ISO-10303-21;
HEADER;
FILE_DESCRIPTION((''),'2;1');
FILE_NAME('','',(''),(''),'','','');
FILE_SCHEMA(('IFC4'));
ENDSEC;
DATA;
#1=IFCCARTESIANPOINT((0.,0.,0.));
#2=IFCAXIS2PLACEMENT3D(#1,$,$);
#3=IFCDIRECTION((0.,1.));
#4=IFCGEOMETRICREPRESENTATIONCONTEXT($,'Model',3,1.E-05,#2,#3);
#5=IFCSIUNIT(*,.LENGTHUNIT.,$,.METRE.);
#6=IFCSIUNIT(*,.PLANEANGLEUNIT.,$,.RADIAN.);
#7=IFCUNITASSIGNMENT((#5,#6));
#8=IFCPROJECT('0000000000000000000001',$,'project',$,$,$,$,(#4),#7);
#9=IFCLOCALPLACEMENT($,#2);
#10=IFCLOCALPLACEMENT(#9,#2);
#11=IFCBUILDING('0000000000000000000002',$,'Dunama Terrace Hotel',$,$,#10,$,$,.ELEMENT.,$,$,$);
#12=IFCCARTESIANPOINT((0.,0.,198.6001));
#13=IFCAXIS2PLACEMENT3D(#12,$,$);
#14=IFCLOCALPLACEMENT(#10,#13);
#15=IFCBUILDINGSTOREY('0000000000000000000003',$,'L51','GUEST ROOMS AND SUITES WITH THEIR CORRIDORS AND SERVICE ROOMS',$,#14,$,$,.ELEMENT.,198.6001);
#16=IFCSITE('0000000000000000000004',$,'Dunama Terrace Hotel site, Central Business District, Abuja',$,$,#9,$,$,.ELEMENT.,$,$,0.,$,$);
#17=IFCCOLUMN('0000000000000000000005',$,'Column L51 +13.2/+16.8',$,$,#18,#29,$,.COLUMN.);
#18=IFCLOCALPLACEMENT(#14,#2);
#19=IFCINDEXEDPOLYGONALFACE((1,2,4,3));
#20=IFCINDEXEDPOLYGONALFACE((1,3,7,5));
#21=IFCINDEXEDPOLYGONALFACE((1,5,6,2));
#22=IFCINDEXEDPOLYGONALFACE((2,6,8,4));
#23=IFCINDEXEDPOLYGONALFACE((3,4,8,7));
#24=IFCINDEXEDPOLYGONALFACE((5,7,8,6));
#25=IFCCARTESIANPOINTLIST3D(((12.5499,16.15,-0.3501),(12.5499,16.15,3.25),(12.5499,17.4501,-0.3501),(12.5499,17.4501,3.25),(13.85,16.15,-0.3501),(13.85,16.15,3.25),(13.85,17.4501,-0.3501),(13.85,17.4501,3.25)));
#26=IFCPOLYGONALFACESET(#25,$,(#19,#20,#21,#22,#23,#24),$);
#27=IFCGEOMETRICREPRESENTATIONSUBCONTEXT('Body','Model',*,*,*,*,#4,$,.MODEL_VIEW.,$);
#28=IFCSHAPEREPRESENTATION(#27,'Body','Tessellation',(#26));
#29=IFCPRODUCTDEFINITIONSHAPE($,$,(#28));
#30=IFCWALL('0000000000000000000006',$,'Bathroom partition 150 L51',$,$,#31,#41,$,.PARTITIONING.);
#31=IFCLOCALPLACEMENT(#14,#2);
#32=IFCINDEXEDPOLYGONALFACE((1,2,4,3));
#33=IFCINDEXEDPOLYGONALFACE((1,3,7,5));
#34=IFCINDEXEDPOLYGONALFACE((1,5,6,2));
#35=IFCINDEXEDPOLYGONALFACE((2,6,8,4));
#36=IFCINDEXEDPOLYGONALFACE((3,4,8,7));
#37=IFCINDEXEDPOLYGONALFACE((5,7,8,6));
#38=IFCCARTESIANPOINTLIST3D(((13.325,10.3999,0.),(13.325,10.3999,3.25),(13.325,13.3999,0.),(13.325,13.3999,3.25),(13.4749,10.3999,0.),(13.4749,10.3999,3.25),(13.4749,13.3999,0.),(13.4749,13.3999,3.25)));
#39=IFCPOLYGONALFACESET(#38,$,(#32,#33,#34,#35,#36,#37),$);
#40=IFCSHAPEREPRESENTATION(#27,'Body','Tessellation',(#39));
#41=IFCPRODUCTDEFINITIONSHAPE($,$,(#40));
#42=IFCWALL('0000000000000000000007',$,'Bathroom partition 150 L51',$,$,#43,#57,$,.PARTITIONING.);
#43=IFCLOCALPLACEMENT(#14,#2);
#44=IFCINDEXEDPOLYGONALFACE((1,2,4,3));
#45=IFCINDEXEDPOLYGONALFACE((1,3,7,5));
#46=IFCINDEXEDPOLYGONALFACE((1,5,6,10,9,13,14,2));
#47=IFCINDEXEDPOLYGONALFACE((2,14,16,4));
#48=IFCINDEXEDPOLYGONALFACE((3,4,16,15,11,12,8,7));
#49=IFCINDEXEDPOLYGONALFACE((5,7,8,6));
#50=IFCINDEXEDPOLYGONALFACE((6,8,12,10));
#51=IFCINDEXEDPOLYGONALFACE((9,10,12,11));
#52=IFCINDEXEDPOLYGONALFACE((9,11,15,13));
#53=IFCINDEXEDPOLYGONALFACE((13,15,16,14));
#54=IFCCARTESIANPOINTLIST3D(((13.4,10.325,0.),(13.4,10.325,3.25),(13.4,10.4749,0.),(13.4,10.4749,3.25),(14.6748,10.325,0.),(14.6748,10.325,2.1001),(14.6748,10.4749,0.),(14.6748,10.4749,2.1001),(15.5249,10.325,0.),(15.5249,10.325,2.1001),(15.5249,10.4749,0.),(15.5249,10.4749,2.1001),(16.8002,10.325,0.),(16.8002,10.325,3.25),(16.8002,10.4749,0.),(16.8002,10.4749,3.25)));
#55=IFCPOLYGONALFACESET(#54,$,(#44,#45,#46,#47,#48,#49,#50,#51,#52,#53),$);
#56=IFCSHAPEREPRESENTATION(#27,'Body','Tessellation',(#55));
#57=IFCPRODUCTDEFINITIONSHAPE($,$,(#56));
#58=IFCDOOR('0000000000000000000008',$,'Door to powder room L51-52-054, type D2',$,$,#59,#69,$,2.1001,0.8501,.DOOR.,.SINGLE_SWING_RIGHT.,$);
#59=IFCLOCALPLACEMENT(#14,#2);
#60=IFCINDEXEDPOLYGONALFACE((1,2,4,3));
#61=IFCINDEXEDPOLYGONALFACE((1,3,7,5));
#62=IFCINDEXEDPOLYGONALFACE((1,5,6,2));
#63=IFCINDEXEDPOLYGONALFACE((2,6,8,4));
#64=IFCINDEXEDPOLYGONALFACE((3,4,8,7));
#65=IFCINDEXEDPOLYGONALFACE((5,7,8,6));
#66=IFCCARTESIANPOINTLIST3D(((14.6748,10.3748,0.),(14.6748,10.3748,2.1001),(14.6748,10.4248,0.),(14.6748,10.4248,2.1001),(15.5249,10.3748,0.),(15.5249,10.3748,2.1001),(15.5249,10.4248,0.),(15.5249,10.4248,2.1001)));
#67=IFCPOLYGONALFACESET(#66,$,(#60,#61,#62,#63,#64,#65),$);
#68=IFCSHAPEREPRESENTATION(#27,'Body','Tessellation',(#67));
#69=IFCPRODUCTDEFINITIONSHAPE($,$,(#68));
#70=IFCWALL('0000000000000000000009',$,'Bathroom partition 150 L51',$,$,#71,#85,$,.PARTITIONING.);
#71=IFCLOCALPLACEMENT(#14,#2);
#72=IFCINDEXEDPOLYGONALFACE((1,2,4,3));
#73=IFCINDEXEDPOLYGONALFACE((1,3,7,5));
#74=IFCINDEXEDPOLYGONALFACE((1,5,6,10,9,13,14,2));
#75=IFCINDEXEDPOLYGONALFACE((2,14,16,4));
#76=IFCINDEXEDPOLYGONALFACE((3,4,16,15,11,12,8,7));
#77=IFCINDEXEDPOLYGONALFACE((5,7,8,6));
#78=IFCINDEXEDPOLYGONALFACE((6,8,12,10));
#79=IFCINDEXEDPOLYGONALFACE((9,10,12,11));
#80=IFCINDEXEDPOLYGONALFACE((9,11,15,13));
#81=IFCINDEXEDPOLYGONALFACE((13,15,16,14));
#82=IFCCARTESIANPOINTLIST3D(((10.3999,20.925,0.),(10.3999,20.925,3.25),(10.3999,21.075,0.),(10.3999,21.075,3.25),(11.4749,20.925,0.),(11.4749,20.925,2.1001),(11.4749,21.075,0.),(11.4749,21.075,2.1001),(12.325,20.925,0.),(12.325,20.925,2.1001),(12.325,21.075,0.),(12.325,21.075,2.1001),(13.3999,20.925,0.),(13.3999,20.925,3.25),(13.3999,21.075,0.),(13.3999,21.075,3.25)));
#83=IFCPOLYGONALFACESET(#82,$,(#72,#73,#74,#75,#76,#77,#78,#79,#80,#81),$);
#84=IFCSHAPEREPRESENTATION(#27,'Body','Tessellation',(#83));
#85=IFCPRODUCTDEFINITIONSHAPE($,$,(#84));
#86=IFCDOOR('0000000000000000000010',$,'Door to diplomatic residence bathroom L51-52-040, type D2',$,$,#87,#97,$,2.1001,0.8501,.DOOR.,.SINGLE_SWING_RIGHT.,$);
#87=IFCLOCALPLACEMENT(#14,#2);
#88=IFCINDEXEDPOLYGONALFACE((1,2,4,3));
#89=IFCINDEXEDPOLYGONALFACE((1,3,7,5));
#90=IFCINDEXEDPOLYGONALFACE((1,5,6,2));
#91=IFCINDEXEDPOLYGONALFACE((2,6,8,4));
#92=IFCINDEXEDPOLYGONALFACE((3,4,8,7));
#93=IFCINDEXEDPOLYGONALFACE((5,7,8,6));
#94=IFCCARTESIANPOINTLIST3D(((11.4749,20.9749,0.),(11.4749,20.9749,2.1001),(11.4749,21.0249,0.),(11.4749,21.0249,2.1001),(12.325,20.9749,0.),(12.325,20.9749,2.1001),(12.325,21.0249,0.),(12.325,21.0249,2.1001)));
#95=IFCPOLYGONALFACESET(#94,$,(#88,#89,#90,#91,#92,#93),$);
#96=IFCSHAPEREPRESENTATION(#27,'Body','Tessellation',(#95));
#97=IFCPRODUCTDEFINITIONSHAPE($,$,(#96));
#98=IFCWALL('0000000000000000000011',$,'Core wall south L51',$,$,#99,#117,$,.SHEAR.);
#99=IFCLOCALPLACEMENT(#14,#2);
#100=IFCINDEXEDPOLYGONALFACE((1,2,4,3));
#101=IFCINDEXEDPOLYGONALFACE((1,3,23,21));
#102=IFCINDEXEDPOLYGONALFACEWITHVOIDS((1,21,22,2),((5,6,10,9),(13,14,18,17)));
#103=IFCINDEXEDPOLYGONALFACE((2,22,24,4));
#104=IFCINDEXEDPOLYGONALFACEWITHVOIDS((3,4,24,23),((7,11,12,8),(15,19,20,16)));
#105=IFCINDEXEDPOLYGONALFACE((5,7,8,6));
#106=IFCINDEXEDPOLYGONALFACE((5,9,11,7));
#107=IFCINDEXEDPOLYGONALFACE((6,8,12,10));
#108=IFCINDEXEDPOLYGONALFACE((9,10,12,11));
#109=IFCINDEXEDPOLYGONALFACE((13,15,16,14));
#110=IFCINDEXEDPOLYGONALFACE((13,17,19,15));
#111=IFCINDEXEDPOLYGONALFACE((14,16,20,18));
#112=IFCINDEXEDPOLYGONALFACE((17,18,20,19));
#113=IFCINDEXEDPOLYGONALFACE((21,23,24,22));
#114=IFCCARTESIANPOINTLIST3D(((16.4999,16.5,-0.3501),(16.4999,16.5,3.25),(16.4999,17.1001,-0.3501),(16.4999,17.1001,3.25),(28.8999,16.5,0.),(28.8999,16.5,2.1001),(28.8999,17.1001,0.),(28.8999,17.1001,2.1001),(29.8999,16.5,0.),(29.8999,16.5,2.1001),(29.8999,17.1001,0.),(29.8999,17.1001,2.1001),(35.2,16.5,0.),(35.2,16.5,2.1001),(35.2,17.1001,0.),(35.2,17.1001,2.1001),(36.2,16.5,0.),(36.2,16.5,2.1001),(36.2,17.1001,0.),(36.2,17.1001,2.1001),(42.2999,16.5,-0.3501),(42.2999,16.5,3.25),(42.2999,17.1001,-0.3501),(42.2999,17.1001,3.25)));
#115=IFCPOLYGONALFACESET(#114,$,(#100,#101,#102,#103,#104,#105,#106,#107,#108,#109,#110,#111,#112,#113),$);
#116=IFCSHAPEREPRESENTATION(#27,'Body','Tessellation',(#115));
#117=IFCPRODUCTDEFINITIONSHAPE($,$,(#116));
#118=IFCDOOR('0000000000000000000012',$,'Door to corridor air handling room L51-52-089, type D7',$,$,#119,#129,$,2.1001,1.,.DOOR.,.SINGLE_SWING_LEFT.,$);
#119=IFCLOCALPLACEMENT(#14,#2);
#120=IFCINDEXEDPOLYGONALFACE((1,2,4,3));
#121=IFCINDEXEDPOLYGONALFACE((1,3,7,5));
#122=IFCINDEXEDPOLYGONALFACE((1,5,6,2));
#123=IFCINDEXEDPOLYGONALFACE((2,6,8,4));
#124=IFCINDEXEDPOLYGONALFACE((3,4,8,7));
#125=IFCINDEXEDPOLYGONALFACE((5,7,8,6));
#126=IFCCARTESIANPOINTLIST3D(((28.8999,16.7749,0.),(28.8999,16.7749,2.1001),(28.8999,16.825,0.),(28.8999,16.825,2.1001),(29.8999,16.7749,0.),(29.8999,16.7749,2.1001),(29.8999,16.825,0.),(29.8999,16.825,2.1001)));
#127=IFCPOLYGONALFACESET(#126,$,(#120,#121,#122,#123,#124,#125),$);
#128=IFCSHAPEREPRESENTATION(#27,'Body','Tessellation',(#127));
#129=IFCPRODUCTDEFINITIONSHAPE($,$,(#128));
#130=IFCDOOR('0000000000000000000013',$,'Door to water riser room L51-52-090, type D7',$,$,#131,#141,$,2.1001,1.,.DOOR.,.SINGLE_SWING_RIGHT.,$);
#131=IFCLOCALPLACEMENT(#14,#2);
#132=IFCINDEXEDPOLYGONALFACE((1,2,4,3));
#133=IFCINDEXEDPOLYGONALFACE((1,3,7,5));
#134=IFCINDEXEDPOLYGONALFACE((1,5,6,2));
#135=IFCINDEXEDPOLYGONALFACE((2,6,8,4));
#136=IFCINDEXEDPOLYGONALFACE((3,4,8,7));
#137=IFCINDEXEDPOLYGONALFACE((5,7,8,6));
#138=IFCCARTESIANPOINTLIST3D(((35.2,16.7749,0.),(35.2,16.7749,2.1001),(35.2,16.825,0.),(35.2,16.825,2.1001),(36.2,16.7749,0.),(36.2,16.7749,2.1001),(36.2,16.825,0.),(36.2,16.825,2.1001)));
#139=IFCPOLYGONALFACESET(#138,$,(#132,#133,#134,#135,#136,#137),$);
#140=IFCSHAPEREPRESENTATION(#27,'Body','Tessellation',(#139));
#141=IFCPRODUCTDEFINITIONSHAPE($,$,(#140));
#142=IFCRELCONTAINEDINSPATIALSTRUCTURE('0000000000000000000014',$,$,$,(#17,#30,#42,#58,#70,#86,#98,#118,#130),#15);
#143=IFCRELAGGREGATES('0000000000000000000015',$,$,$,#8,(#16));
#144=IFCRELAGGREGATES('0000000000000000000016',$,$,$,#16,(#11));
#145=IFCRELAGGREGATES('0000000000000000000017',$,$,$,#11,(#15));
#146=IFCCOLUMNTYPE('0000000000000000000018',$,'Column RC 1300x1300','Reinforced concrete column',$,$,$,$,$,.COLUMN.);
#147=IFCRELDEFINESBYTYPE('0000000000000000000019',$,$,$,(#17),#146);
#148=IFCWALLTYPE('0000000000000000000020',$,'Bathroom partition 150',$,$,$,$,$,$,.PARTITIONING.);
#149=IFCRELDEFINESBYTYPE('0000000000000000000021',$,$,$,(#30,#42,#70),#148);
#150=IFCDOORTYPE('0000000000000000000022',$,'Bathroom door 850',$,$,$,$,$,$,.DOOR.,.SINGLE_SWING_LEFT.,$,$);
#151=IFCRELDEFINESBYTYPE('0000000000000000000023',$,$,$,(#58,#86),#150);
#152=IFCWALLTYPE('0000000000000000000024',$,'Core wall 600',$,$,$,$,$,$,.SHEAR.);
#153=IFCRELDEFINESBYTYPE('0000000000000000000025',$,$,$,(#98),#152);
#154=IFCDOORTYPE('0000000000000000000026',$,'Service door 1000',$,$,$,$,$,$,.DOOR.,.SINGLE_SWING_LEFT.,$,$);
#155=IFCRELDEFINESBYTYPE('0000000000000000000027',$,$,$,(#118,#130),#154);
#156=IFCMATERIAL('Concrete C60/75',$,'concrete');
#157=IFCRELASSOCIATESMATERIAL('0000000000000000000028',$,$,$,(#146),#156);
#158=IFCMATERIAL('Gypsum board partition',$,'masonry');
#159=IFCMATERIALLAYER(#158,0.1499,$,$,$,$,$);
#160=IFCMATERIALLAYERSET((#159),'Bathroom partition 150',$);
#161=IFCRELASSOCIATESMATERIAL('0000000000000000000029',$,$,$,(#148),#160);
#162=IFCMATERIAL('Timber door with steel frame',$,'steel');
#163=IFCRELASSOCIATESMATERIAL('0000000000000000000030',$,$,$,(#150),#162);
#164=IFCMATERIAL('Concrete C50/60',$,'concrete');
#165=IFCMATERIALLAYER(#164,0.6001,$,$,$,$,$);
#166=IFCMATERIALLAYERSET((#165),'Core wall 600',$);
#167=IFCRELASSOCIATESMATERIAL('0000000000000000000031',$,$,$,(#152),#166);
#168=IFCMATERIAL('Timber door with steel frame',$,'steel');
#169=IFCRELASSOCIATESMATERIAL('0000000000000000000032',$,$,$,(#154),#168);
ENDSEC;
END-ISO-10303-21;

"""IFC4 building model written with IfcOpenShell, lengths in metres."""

from ifc_helpers import new_model, si_unit, direction, frame, frame_2d, origin, origin_2d, place, context, subcontext, project, spatial, rectangle, extrude, material, layer, layer_set, material_profile, profile_set, type_object, element, fill, save


model = new_model("IFC4")

# Units and contexts
model_context = context("Model", 3, precision=1e-05, world=origin(), true_north=direction((0.0, 1.0)))
body_context = subcontext(model_context, "Body", "Model", "MODEL_VIEW")
ifc_project = project(units=[si_unit("LENGTHUNIT", "METRE"), si_unit("PLANEANGLEUNIT", "RADIAN")], contexts=[model_context])

# Site, building, storey
site_placement = place(None, origin())
site = spatial("IfcSite", under=ifc_project, at=site_placement, Name="Dunama Terrace Hotel site, Central Business District, Abuja", CompositionType="ELEMENT", RefElevation=0.0)
building_placement = place(site_placement, origin())
building = spatial("IfcBuilding", under=site, at=building_placement, Name="Dunama Terrace Hotel", CompositionType="ELEMENT")
storey_placement = place(building_placement, frame((0.0, 0.0, 198.6001)))
storey = spatial("IfcBuildingStorey", under=building, at=storey_placement, Name="L51", Description="GUEST ROOMS AND SUITES WITH THEIR CORRIDORS AND SERVICE ROOMS", CompositionType="ELEMENT", Elevation=198.6001)

# Column
ifc_material_1 = material(Name="Concrete C60/75", Category="concrete")
ifc_material_profile = material_profile(ifc_material_1, rectangle(XDim=1.3, YDim=1.3, at=origin_2d()), Name="RC 1300x1300")
ifc_profile_set = profile_set([ifc_material_profile], Name="Concrete C60/75")
column_type = type_object("IfcColumnType", Name="Column RC 1300x1300", Description="Reinforced concrete column", PredefinedType="COLUMN", material=ifc_profile_set)
column_placement = place(storey_placement, frame((13.2, 16.8, -0.3501), z_axis=(0.0, 0.0, 1.0), x_axis=(1.0, 0.0, 0.0)))
element("IfcColumn", 1, at=column_placement, inside=storey, type_object=column_type, Name="Column L51 +13.2/+16.8", PredefinedType="COLUMN", context=body_context, shape_type="SweptSolid", body=[
    extrude(rectangle(XDim=1.3, YDim=1.3, at=origin_2d()), origin(), (0.0, 0.0, 1.0), 3.6001),
])

# Wall
ifc_material_2 = material(Name="Gypsum board partition", Category="masonry")
ifc_layer_1 = layer(ifc_material_2, 0.1499)
ifc_layer_set_1 = layer_set([ifc_layer_1], Name="Bathroom partition 150")
wall_type_1 = type_object("IfcWallType", Name="Bathroom partition 150", PredefinedType="PARTITIONING", material=ifc_layer_set_1)
wall_1_placement = place(storey_placement, frame((13.3999, 10.3999, 0.0), z_axis=(0.0, 0.0, 1.0), x_axis=(0.0, 1.0, 0.0)))
element("IfcWall", 2, at=wall_1_placement, inside=storey, type_object=wall_type_1, Name="Bathroom partition 150 L51", PredefinedType="PARTITIONING", context=body_context, shape_type="SweptSolid", body=[
    extrude(rectangle(XDim=3.0, YDim=0.1499, at=frame_2d((1.5, 0.0))), origin(), (0.0, 0.0, 1.0), 3.25),
])

# Walls, openings, doors
wall_2_placement = place(storey_placement, frame((13.3999, 10.3999, 0.0), z_axis=(0.0, 0.0, 1.0), x_axis=(1.0, 0.0, 0.0)))
wall_2 = element("IfcWall", 3, at=wall_2_placement, inside=storey, type_object=wall_type_1, Name="Bathroom partition 150 L51", PredefinedType="PARTITIONING", context=body_context, shape_type="SweptSolid", body=[
    extrude(rectangle(XDim=3.4001, YDim=0.1499, at=frame_2d((1.7002, 0.0))), origin(), (0.0, 0.0, 1.0), 3.25),
])
opening_1_placement = place(wall_2_placement, frame((1.2749, 0.0, 0.0)))
opening_1 = element("IfcOpeningElement", 4, at=opening_1_placement, cuts=wall_2, PredefinedType="OPENING", context=body_context, shape_type="SweptSolid", body=[
    extrude(rectangle(XDim=0.8501, YDim=2.1001, at=frame_2d((0.425, 1.05))), frame((0.0, 0.085, 0.0), z_axis=(0.0, -1.0, 0.0), x_axis=(1.0, 0.0, 0.0)), (0.0, 0.0, 1.0), 0.1699),
])
ifc_material_3 = material(Name="Timber door with steel frame", Category="steel")
door_type_1 = type_object("IfcDoorType", Name="Bathroom door 850", OperationType="SINGLE_SWING_LEFT", PredefinedType="DOOR", material=ifc_material_3)
door_1_placement = place(opening_1_placement, origin())
door_1 = element("IfcDoor", 5, at=door_1_placement, inside=storey, type_object=door_type_1, Name="Door to powder room L51-52-054, type D2", OperationType="SINGLE_SWING_RIGHT", OverallHeight=2.1001, OverallWidth=0.8501, PredefinedType="DOOR", context=body_context, shape_type="SweptSolid", body=[
    extrude(rectangle(XDim=0.8501, YDim=2.1001, at=frame_2d((0.425, 1.05))), frame((0.0, 0.0249, 0.0), z_axis=(0.0, -1.0, 0.0), x_axis=(1.0, 0.0, 0.0)), (0.0, 0.0, 1.0), 0.05),
])
fill(opening_1, door_1)
wall_3_placement = place(storey_placement, frame((10.3999, 21.0, 0.0), z_axis=(0.0, 0.0, 1.0), x_axis=(1.0, 0.0, 0.0)))
wall_3 = element("IfcWall", 6, at=wall_3_placement, inside=storey, type_object=wall_type_1, Name="Bathroom partition 150 L51", PredefinedType="PARTITIONING", context=body_context, shape_type="SweptSolid", body=[
    extrude(rectangle(XDim=3.0, YDim=0.1499, at=frame_2d((1.5, 0.0))), origin(), (0.0, 0.0, 1.0), 3.25),
])
opening_2_placement = place(wall_3_placement, frame((1.075, 0.0, 0.0)))
opening_2 = element("IfcOpeningElement", 7, at=opening_2_placement, cuts=wall_3, PredefinedType="OPENING", context=body_context, shape_type="SweptSolid", body=[
    extrude(rectangle(XDim=0.8501, YDim=2.1001, at=frame_2d((0.425, 1.05))), frame((0.0, 0.085, 0.0), z_axis=(0.0, -1.0, 0.0), x_axis=(1.0, 0.0, 0.0)), (0.0, 0.0, 1.0), 0.1699),
])
door_2_placement = place(opening_2_placement, origin())
door_2 = element("IfcDoor", 8, at=door_2_placement, inside=storey, type_object=door_type_1, Name="Door to diplomatic residence bathroom L51-52-040, type D2", OperationType="SINGLE_SWING_RIGHT", OverallHeight=2.1001, OverallWidth=0.8501, PredefinedType="DOOR", context=body_context, shape_type="SweptSolid", body=[
    extrude(rectangle(XDim=0.8501, YDim=2.1001, at=frame_2d((0.425, 1.05))), frame((0.0, 0.0249, 0.0), z_axis=(0.0, -1.0, 0.0), x_axis=(1.0, 0.0, 0.0)), (0.0, 0.0, 1.0), 0.05),
])
fill(opening_2, door_2)

# Wall, openings, doors
ifc_material_4 = material(Name="Concrete C50/60", Category="concrete")
ifc_layer_2 = layer(ifc_material_4, 0.6001)
ifc_layer_set_2 = layer_set([ifc_layer_2], Name="Core wall 600")
wall_type_2 = type_object("IfcWallType", Name="Core wall 600", PredefinedType="SHEAR", material=ifc_layer_set_2)
wall_4_placement = place(storey_placement, frame((16.5, 16.8, -0.3501), z_axis=(0.0, 0.0, 1.0), x_axis=(1.0, 0.0, 0.0)))
wall_4 = element("IfcWall", 9, at=wall_4_placement, inside=storey, type_object=wall_type_2, Name="Core wall south L51", PredefinedType="SHEAR", context=body_context, shape_type="SweptSolid", body=[
    extrude(rectangle(XDim=25.8, YDim=0.6001, at=frame_2d((12.8999, 0.0))), origin(), (0.0, 0.0, 1.0), 3.6001),
])
opening_3_placement = place(wall_4_placement, frame((12.3999, 0.0, 0.3501)))
opening_3 = element("IfcOpeningElement", 10, at=opening_3_placement, cuts=wall_4, PredefinedType="OPENING", context=body_context, shape_type="SweptSolid", body=[
    extrude(rectangle(XDim=1.0, YDim=2.1001, at=frame_2d((0.5, 1.05))), frame((0.0, 0.3101, 0.0), z_axis=(0.0, -1.0, 0.0), x_axis=(1.0, 0.0, 0.0)), (0.0, 0.0, 1.0), 0.6201),
])
opening_4_placement = place(wall_4_placement, frame((18.7, 0.0, 0.3501)))
opening_4 = element("IfcOpeningElement", 11, at=opening_4_placement, cuts=wall_4, PredefinedType="OPENING", context=body_context, shape_type="SweptSolid", body=[
    extrude(rectangle(XDim=1.0, YDim=2.1001, at=frame_2d((0.5, 1.05))), frame((0.0, 0.3101, 0.0), z_axis=(0.0, -1.0, 0.0), x_axis=(1.0, 0.0, 0.0)), (0.0, 0.0, 1.0), 0.6201),
])
ifc_material_5 = material(Name="Timber door with steel frame", Category="steel")
door_type_2 = type_object("IfcDoorType", Name="Service door 1000", OperationType="SINGLE_SWING_LEFT", PredefinedType="DOOR", material=ifc_material_5)
door_3_placement = place(opening_3_placement, origin())
door_3 = element("IfcDoor", 12, at=door_3_placement, inside=storey, type_object=door_type_2, Name="Door to corridor air handling room L51-52-089, type D7", OperationType="SINGLE_SWING_LEFT", OverallHeight=2.1001, OverallWidth=1.0, PredefinedType="DOOR", context=body_context, shape_type="SweptSolid", body=[
    extrude(rectangle(XDim=1.0, YDim=2.1001, at=frame_2d((0.5, 1.05))), frame((0.0, 0.0249, 0.0), z_axis=(0.0, -1.0, 0.0), x_axis=(1.0, 0.0, 0.0)), (0.0, 0.0, 1.0), 0.05),
])
fill(opening_3, door_3)
door_4_placement = place(opening_4_placement, origin())
door_4 = element("IfcDoor", 13, at=door_4_placement, inside=storey, type_object=door_type_2, Name="Door to water riser room L51-52-090, type D7", OperationType="SINGLE_SWING_RIGHT", OverallHeight=2.1001, OverallWidth=1.0, PredefinedType="DOOR", context=body_context, shape_type="SweptSolid", body=[
    extrude(rectangle(XDim=1.0, YDim=2.1001, at=frame_2d((0.5, 1.05))), frame((0.0, 0.0249, 0.0), z_axis=(0.0, -1.0, 0.0), x_axis=(1.0, 0.0, 0.0)), (0.0, 0.0, 1.0), 0.05),
])
fill(opening_4, door_4)

save(model, "model.ifc")
